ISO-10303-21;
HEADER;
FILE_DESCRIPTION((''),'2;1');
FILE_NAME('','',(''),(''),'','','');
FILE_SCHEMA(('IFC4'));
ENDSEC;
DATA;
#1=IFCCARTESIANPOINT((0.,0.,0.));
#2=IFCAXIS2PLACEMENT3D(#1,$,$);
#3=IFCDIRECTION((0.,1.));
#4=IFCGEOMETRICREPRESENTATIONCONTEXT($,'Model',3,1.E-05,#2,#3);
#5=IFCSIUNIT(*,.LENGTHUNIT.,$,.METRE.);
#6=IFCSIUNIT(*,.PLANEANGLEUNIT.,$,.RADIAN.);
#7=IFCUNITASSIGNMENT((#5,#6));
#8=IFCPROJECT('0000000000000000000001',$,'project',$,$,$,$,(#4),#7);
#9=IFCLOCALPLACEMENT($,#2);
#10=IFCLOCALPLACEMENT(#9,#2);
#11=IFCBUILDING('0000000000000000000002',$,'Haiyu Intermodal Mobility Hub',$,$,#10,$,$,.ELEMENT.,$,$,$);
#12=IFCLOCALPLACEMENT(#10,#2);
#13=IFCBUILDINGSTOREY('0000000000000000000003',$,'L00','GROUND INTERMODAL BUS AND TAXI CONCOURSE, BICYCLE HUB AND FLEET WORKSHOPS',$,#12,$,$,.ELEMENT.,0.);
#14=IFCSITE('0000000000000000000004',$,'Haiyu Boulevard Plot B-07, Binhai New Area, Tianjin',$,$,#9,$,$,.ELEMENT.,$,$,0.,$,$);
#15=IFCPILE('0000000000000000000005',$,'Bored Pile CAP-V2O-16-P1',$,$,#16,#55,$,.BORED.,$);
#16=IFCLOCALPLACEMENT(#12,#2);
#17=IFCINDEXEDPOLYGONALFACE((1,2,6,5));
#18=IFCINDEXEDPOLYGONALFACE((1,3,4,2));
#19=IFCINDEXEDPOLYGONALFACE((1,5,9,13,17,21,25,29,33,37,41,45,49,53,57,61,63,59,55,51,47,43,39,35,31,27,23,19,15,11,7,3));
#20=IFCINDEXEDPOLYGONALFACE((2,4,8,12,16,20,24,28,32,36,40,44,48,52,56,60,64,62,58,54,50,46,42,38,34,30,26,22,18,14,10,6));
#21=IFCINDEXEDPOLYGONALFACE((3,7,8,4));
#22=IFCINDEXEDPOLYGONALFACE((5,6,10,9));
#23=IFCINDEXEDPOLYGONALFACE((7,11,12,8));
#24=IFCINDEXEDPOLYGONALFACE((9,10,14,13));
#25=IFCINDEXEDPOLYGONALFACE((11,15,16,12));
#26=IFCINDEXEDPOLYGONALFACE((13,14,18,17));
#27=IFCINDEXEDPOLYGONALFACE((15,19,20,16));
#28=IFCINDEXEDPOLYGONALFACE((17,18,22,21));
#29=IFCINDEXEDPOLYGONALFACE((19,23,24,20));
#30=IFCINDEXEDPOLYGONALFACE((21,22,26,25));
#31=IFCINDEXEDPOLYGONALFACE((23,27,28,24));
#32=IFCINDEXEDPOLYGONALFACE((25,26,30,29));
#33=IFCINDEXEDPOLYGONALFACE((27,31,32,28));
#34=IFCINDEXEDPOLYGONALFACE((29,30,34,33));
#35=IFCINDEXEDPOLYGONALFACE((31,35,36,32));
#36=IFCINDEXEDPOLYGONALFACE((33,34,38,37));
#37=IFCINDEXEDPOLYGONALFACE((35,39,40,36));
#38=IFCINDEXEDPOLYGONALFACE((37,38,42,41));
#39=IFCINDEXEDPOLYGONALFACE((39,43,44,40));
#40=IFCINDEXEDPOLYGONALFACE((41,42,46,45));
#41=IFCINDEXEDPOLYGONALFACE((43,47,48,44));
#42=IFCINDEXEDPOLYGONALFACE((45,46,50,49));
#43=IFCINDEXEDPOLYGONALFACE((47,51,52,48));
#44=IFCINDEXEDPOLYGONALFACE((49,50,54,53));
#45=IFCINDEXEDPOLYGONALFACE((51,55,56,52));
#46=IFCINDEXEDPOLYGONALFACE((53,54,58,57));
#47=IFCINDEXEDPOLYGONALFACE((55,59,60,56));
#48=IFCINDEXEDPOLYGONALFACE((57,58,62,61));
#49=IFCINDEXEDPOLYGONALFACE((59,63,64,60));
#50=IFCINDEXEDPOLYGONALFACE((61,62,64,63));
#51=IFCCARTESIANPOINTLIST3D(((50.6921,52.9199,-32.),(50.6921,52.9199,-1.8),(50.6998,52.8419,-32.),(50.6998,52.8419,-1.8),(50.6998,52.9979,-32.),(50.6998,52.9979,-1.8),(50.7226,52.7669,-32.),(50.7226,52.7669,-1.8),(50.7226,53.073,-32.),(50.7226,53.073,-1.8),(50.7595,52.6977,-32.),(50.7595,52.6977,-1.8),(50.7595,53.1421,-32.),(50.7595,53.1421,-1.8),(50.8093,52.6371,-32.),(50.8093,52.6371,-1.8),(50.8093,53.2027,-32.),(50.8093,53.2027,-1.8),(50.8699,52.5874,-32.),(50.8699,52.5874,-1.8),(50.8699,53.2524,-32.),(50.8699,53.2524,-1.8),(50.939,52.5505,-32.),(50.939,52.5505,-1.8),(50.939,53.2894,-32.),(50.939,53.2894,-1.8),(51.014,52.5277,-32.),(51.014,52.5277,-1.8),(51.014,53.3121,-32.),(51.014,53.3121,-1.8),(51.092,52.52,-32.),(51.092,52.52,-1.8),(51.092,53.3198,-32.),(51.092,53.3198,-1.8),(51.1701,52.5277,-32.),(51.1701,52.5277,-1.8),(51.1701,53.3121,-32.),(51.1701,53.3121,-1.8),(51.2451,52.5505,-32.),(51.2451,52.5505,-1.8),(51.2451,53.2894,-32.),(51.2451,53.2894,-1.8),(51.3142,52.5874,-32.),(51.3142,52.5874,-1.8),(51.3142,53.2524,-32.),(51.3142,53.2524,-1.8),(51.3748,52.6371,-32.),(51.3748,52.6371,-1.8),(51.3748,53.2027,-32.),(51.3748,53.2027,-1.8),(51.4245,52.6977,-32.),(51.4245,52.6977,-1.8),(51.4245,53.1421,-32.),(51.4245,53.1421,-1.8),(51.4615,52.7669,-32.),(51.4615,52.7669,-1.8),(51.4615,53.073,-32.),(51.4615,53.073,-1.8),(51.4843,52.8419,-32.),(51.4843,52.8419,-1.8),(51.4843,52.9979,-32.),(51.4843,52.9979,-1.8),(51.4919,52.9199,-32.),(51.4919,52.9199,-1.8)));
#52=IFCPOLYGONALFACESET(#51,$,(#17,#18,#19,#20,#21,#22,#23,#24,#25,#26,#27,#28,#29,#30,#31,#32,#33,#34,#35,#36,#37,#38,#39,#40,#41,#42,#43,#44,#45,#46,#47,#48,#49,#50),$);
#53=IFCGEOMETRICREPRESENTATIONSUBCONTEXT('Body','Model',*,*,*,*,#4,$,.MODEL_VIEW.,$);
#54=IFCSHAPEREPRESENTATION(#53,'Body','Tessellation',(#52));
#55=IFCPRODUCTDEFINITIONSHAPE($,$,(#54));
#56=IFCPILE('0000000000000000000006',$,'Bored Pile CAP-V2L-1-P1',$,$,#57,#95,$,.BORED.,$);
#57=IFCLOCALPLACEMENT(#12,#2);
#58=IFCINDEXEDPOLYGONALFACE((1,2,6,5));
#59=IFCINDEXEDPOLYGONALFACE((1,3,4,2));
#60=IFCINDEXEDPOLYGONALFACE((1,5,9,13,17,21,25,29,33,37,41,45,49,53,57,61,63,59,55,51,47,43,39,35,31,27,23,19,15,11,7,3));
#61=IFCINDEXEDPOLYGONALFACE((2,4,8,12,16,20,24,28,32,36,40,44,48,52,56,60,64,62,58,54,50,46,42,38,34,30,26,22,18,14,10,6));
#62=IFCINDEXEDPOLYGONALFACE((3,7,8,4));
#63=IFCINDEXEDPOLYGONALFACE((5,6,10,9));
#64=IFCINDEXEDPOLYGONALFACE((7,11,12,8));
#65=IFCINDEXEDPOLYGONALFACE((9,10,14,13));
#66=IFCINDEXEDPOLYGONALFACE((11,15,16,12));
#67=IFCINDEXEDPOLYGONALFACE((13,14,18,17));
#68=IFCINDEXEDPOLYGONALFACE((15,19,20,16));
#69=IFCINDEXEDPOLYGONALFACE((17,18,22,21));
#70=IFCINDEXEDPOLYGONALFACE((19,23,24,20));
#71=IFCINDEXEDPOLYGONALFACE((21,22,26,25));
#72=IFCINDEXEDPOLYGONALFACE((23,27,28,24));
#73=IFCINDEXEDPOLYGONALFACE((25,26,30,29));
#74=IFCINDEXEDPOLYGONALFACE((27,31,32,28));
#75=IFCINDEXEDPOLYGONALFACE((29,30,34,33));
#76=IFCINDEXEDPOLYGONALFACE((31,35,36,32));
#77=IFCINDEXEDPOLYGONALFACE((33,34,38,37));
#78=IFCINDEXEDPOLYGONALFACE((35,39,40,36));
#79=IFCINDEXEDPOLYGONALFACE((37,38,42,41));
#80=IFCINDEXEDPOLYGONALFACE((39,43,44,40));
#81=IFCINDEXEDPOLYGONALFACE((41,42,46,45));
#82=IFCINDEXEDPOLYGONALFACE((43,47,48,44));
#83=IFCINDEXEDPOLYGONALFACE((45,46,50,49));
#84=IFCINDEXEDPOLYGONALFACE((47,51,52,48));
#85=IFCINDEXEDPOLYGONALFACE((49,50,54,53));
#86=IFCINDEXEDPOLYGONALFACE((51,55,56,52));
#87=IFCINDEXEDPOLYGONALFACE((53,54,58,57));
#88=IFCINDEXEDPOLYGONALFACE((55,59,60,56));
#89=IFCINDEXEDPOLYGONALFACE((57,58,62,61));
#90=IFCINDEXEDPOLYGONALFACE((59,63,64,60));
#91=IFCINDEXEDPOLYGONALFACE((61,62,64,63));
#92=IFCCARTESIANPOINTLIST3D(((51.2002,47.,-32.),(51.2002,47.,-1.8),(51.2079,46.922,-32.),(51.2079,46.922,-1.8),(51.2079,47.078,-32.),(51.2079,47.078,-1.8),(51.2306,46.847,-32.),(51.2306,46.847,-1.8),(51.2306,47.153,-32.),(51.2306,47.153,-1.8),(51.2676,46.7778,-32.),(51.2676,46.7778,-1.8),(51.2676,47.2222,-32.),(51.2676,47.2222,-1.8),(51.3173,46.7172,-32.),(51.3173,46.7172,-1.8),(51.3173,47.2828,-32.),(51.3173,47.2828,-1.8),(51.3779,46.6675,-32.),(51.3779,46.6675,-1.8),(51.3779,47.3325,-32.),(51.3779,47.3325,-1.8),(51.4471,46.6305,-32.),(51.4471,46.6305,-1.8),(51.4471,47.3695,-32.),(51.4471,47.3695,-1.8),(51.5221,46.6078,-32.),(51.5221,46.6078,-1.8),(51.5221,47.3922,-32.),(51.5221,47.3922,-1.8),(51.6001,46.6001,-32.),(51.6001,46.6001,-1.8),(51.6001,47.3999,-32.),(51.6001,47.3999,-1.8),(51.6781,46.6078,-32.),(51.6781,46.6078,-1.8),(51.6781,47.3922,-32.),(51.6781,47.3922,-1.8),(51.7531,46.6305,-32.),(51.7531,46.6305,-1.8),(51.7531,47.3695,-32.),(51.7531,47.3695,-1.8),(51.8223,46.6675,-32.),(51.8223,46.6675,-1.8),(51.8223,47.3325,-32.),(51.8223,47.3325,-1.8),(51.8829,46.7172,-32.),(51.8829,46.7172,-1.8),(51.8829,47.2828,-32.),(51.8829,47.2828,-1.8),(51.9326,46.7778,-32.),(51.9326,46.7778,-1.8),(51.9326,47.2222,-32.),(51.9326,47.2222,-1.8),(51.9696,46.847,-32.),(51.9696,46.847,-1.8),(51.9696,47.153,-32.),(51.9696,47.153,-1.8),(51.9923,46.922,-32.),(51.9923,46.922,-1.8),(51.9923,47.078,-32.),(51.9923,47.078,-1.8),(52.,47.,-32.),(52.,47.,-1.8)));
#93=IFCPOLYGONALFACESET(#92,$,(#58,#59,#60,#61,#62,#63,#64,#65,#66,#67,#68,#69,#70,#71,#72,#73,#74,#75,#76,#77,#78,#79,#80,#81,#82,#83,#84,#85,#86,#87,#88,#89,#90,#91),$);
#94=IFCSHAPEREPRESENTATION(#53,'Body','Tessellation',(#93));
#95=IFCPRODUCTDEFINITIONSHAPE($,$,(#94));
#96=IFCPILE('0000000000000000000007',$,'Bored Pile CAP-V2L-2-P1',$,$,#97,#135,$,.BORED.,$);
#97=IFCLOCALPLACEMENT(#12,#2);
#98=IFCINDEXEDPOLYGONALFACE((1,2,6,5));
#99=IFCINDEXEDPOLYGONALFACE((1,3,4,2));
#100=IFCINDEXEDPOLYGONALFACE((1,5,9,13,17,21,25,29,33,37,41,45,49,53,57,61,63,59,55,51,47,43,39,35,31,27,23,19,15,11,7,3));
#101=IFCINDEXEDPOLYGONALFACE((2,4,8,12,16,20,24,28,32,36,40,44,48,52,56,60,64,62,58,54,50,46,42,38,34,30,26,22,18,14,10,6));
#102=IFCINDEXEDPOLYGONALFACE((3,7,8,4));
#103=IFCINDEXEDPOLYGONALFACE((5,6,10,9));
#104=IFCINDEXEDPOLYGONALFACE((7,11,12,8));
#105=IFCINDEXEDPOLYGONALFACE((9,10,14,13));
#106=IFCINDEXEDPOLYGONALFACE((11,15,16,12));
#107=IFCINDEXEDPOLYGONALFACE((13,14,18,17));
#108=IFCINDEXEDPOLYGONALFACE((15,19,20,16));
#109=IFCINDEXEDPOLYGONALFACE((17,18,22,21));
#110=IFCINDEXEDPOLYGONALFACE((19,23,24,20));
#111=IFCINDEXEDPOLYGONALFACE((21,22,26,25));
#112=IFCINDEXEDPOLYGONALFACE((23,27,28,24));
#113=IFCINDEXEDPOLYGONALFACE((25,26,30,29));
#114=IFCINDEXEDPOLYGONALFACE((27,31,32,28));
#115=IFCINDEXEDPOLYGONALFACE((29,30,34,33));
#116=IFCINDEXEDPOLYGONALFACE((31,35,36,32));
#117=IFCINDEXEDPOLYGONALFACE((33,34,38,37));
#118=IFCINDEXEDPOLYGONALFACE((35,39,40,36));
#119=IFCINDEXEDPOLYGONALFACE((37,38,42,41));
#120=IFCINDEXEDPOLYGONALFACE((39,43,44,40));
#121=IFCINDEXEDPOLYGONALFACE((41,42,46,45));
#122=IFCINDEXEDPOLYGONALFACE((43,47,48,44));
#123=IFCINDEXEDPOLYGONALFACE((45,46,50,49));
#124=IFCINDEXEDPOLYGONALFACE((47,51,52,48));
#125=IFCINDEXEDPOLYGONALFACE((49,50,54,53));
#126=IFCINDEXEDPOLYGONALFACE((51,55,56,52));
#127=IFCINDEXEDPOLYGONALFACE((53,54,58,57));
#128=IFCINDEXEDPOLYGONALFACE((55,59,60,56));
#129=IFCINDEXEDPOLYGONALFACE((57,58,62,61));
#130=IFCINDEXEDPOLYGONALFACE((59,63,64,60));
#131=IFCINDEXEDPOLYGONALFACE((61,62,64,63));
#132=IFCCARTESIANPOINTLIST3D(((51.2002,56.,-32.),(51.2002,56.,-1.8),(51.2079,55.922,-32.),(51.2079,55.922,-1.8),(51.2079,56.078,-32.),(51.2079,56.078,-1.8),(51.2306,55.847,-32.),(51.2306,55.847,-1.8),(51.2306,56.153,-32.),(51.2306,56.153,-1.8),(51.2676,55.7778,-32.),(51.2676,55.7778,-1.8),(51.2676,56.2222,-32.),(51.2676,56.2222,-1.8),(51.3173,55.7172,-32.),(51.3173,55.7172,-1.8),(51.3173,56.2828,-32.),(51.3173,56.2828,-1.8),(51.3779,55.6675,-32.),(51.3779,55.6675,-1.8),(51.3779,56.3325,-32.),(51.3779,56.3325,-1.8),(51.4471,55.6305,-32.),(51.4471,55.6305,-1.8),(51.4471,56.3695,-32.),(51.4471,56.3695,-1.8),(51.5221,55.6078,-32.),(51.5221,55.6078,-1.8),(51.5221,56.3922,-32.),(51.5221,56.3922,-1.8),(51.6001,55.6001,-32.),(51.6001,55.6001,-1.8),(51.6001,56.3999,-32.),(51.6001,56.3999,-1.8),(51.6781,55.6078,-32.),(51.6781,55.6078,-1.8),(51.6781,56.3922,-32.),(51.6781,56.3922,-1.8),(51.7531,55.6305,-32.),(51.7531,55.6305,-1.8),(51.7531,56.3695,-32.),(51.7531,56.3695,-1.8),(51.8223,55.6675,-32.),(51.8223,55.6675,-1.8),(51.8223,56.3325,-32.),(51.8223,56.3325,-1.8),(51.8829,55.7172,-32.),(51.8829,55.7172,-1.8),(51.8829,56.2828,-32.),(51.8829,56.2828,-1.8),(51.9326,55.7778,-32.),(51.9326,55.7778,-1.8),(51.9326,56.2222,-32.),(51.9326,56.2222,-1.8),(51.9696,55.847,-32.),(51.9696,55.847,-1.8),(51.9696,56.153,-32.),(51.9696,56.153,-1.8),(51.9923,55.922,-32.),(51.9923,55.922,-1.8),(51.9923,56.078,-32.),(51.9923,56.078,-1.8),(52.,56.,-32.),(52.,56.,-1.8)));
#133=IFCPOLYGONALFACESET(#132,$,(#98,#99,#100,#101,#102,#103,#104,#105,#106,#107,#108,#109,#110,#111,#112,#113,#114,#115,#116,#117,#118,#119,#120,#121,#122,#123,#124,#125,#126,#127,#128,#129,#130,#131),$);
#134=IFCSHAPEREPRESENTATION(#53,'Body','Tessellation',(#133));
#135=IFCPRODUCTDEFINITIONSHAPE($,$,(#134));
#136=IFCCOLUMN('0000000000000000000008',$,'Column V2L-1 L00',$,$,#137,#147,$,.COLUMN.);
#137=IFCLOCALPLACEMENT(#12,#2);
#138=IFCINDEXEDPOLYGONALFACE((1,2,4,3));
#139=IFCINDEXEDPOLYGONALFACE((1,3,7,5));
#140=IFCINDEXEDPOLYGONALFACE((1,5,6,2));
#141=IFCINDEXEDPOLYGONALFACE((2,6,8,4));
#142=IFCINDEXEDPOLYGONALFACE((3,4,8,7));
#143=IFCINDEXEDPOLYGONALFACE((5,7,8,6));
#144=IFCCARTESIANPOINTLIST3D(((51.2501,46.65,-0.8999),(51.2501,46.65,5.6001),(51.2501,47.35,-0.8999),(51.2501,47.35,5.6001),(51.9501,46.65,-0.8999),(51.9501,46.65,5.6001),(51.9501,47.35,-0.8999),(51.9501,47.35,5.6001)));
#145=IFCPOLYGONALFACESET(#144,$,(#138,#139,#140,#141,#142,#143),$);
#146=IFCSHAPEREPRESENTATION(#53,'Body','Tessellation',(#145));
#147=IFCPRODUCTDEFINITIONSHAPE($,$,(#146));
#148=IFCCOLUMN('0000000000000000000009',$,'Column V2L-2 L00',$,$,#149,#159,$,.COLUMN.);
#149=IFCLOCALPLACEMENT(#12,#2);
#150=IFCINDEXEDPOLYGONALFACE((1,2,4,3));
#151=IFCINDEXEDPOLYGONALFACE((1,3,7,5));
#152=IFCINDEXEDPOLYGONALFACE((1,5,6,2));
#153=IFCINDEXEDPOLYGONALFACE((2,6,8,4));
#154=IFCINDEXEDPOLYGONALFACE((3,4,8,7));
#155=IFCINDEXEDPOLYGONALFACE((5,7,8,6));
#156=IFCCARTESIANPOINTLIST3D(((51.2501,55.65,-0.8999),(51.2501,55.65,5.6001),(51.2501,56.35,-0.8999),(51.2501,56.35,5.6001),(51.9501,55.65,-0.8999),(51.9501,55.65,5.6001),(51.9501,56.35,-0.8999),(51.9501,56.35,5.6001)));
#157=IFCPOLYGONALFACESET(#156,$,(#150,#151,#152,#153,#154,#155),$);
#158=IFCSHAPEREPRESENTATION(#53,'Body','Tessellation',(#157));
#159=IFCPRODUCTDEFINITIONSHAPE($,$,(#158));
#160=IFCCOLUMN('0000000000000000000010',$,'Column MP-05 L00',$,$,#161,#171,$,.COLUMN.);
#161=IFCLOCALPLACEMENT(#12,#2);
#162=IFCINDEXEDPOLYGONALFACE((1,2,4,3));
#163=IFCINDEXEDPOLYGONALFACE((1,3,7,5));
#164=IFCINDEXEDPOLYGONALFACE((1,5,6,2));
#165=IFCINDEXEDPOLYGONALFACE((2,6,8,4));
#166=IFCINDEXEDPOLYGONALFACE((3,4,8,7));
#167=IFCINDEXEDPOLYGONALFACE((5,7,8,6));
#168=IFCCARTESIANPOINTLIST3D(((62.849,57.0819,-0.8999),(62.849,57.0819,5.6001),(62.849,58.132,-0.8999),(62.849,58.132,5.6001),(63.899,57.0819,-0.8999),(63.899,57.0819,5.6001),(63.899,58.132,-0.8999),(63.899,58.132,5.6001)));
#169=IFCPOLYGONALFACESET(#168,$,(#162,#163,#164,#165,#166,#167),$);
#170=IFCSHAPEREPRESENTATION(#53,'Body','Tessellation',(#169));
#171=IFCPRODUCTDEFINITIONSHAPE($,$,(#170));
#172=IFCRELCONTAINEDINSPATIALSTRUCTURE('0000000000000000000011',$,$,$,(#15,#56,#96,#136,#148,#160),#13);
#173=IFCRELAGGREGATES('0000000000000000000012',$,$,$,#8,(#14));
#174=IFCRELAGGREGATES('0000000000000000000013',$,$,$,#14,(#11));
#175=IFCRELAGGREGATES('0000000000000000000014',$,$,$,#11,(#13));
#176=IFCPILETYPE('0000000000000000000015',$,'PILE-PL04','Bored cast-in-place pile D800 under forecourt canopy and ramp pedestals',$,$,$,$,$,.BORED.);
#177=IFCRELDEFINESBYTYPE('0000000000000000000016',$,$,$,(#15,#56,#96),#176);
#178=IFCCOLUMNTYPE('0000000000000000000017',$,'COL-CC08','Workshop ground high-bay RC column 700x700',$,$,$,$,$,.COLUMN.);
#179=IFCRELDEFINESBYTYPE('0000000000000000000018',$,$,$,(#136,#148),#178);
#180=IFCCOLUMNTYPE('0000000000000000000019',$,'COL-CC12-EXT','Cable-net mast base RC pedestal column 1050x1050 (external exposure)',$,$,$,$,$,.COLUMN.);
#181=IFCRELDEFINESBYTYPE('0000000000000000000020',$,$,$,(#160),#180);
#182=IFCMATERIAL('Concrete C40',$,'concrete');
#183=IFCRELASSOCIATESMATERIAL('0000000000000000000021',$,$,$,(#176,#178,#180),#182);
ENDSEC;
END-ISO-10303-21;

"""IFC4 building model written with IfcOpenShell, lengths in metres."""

from ifc_helpers import new_model, si_unit, direction, frame, origin, origin_2d, place, context, subcontext, project, spatial, rectangle, circle, extrude, material, material_profile, profile_set, type_object, element, save


model = new_model("IFC4")

# Units and contexts
model_context = context("Model", 3, precision=1e-05, world=origin(), true_north=direction((0.0, 1.0)))
body_context = subcontext(model_context, "Body", "Model", "MODEL_VIEW")
ifc_project = project(units=[si_unit("LENGTHUNIT", "METRE"), si_unit("PLANEANGLEUNIT", "RADIAN")], contexts=[model_context])

# Site, building, storey
site_placement = place(None, origin())
site = spatial("IfcSite", under=ifc_project, at=site_placement, Name="Haiyu Boulevard Plot B-07, Binhai New Area, Tianjin", CompositionType="ELEMENT", RefElevation=0.0)
building_placement = place(site_placement, origin())
building = spatial("IfcBuilding", under=site, at=building_placement, Name="Haiyu Intermodal Mobility Hub", CompositionType="ELEMENT")
storey_placement = place(building_placement, origin())
storey = spatial("IfcBuildingStorey", under=building, at=storey_placement, Name="L00", Description="GROUND INTERMODAL BUS AND TAXI CONCOURSE, BICYCLE HUB AND FLEET WORKSHOPS", CompositionType="ELEMENT", Elevation=0.0)

# Shared definitions
ifc_material_1 = material(Name="Concrete C40", Category="concrete")

# Piles
ifc_material_profile_1 = material_profile(ifc_material_1, circle(Radius=0.3999, at=origin_2d()), Name="PILE-D800")
ifc_profile_set_1 = profile_set([ifc_material_profile_1], Name="Concrete C40")
pile_type_1 = type_object("IfcPileType", Name="PILE-PL04", Description="Bored cast-in-place pile D800 under forecourt canopy and ramp pedestals", PredefinedType="BORED", material=ifc_profile_set_1)
for number, where, z_axis, x_axis, name in (
    (1, (51.092, 52.9199, -1.8), (0.0, 0.0, -1.0), (1.0, 0.0, 0.0), "Bored Pile CAP-V2O-16-P1"),
    (2, (51.6001, 47.0, -1.8), (0.0, 0.0, -1.0), (1.0, 0.0, 0.0), "Bored Pile CAP-V2L-1-P1"),
    (3, (51.6001, 56.0, -1.8), (0.0, 0.0, -1.0), (1.0, 0.0, 0.0), "Bored Pile CAP-V2L-2-P1"),
):
    element("IfcPile", number, at=place(storey_placement, frame(where, z_axis=z_axis, x_axis=x_axis)), inside=storey, type_object=pile_type_1, Name=name, PredefinedType="BORED", context=body_context, shape_type="SweptSolid", body=[
        extrude(circle(Radius=0.3999, at=origin_2d()), origin(), (0.0, 0.0, 1.0), 30.2),
    ])

# Columns
ifc_material_profile_2 = material_profile(ifc_material_1, rectangle(XDim=0.7, YDim=0.7, at=origin_2d()), Name="RC700x700")
ifc_profile_set_2 = profile_set([ifc_material_profile_2], Name="Concrete C40")
column_type_1 = type_object("IfcColumnType", Name="COL-CC08", Description="Workshop ground high-bay RC column 700x700", PredefinedType="COLUMN", material=ifc_profile_set_2)
for number, where, z_axis, x_axis, name in (
    (4, (51.6001, 47.0, -0.8999), (0.0, 0.0, 1.0), (1.0, 0.0, 0.0), "Column V2L-1 L00"),
    (5, (51.6001, 56.0, -0.8999), (0.0, 0.0, 1.0), (1.0, 0.0, 0.0), "Column V2L-2 L00"),
):
    element("IfcColumn", number, at=place(storey_placement, frame(where, z_axis=z_axis, x_axis=x_axis)), inside=storey, type_object=column_type_1, Name=name, PredefinedType="COLUMN", context=body_context, shape_type="SweptSolid", body=[
        extrude(rectangle(XDim=0.7, YDim=0.7, at=origin_2d()), origin(), (0.0, 0.0, 1.0), 6.5),
    ])
ifc_material_profile_3 = material_profile(ifc_material_1, rectangle(XDim=1.05, YDim=1.05, at=origin_2d()), Name="RC1050x1050")
ifc_profile_set_3 = profile_set([ifc_material_profile_3], Name="Concrete C40")
column_type_2 = type_object("IfcColumnType", Name="COL-CC12-EXT", Description="Cable-net mast base RC pedestal column 1050x1050 (external exposure)", PredefinedType="COLUMN", material=ifc_profile_set_3)
column_1_placement = place(storey_placement, frame((63.374, 57.6069, -0.8999), z_axis=(0.0, 0.0, 1.0), x_axis=(1.0, 0.0, 0.0)))
element("IfcColumn", 6, at=column_1_placement, inside=storey, type_object=column_type_2, Name="Column MP-05 L00", PredefinedType="COLUMN", context=body_context, shape_type="SweptSolid", body=[
    extrude(rectangle(XDim=1.05, YDim=1.05, at=origin_2d()), origin(), (0.0, 0.0, 1.0), 6.5),
])

save(model, "model.ifc")
